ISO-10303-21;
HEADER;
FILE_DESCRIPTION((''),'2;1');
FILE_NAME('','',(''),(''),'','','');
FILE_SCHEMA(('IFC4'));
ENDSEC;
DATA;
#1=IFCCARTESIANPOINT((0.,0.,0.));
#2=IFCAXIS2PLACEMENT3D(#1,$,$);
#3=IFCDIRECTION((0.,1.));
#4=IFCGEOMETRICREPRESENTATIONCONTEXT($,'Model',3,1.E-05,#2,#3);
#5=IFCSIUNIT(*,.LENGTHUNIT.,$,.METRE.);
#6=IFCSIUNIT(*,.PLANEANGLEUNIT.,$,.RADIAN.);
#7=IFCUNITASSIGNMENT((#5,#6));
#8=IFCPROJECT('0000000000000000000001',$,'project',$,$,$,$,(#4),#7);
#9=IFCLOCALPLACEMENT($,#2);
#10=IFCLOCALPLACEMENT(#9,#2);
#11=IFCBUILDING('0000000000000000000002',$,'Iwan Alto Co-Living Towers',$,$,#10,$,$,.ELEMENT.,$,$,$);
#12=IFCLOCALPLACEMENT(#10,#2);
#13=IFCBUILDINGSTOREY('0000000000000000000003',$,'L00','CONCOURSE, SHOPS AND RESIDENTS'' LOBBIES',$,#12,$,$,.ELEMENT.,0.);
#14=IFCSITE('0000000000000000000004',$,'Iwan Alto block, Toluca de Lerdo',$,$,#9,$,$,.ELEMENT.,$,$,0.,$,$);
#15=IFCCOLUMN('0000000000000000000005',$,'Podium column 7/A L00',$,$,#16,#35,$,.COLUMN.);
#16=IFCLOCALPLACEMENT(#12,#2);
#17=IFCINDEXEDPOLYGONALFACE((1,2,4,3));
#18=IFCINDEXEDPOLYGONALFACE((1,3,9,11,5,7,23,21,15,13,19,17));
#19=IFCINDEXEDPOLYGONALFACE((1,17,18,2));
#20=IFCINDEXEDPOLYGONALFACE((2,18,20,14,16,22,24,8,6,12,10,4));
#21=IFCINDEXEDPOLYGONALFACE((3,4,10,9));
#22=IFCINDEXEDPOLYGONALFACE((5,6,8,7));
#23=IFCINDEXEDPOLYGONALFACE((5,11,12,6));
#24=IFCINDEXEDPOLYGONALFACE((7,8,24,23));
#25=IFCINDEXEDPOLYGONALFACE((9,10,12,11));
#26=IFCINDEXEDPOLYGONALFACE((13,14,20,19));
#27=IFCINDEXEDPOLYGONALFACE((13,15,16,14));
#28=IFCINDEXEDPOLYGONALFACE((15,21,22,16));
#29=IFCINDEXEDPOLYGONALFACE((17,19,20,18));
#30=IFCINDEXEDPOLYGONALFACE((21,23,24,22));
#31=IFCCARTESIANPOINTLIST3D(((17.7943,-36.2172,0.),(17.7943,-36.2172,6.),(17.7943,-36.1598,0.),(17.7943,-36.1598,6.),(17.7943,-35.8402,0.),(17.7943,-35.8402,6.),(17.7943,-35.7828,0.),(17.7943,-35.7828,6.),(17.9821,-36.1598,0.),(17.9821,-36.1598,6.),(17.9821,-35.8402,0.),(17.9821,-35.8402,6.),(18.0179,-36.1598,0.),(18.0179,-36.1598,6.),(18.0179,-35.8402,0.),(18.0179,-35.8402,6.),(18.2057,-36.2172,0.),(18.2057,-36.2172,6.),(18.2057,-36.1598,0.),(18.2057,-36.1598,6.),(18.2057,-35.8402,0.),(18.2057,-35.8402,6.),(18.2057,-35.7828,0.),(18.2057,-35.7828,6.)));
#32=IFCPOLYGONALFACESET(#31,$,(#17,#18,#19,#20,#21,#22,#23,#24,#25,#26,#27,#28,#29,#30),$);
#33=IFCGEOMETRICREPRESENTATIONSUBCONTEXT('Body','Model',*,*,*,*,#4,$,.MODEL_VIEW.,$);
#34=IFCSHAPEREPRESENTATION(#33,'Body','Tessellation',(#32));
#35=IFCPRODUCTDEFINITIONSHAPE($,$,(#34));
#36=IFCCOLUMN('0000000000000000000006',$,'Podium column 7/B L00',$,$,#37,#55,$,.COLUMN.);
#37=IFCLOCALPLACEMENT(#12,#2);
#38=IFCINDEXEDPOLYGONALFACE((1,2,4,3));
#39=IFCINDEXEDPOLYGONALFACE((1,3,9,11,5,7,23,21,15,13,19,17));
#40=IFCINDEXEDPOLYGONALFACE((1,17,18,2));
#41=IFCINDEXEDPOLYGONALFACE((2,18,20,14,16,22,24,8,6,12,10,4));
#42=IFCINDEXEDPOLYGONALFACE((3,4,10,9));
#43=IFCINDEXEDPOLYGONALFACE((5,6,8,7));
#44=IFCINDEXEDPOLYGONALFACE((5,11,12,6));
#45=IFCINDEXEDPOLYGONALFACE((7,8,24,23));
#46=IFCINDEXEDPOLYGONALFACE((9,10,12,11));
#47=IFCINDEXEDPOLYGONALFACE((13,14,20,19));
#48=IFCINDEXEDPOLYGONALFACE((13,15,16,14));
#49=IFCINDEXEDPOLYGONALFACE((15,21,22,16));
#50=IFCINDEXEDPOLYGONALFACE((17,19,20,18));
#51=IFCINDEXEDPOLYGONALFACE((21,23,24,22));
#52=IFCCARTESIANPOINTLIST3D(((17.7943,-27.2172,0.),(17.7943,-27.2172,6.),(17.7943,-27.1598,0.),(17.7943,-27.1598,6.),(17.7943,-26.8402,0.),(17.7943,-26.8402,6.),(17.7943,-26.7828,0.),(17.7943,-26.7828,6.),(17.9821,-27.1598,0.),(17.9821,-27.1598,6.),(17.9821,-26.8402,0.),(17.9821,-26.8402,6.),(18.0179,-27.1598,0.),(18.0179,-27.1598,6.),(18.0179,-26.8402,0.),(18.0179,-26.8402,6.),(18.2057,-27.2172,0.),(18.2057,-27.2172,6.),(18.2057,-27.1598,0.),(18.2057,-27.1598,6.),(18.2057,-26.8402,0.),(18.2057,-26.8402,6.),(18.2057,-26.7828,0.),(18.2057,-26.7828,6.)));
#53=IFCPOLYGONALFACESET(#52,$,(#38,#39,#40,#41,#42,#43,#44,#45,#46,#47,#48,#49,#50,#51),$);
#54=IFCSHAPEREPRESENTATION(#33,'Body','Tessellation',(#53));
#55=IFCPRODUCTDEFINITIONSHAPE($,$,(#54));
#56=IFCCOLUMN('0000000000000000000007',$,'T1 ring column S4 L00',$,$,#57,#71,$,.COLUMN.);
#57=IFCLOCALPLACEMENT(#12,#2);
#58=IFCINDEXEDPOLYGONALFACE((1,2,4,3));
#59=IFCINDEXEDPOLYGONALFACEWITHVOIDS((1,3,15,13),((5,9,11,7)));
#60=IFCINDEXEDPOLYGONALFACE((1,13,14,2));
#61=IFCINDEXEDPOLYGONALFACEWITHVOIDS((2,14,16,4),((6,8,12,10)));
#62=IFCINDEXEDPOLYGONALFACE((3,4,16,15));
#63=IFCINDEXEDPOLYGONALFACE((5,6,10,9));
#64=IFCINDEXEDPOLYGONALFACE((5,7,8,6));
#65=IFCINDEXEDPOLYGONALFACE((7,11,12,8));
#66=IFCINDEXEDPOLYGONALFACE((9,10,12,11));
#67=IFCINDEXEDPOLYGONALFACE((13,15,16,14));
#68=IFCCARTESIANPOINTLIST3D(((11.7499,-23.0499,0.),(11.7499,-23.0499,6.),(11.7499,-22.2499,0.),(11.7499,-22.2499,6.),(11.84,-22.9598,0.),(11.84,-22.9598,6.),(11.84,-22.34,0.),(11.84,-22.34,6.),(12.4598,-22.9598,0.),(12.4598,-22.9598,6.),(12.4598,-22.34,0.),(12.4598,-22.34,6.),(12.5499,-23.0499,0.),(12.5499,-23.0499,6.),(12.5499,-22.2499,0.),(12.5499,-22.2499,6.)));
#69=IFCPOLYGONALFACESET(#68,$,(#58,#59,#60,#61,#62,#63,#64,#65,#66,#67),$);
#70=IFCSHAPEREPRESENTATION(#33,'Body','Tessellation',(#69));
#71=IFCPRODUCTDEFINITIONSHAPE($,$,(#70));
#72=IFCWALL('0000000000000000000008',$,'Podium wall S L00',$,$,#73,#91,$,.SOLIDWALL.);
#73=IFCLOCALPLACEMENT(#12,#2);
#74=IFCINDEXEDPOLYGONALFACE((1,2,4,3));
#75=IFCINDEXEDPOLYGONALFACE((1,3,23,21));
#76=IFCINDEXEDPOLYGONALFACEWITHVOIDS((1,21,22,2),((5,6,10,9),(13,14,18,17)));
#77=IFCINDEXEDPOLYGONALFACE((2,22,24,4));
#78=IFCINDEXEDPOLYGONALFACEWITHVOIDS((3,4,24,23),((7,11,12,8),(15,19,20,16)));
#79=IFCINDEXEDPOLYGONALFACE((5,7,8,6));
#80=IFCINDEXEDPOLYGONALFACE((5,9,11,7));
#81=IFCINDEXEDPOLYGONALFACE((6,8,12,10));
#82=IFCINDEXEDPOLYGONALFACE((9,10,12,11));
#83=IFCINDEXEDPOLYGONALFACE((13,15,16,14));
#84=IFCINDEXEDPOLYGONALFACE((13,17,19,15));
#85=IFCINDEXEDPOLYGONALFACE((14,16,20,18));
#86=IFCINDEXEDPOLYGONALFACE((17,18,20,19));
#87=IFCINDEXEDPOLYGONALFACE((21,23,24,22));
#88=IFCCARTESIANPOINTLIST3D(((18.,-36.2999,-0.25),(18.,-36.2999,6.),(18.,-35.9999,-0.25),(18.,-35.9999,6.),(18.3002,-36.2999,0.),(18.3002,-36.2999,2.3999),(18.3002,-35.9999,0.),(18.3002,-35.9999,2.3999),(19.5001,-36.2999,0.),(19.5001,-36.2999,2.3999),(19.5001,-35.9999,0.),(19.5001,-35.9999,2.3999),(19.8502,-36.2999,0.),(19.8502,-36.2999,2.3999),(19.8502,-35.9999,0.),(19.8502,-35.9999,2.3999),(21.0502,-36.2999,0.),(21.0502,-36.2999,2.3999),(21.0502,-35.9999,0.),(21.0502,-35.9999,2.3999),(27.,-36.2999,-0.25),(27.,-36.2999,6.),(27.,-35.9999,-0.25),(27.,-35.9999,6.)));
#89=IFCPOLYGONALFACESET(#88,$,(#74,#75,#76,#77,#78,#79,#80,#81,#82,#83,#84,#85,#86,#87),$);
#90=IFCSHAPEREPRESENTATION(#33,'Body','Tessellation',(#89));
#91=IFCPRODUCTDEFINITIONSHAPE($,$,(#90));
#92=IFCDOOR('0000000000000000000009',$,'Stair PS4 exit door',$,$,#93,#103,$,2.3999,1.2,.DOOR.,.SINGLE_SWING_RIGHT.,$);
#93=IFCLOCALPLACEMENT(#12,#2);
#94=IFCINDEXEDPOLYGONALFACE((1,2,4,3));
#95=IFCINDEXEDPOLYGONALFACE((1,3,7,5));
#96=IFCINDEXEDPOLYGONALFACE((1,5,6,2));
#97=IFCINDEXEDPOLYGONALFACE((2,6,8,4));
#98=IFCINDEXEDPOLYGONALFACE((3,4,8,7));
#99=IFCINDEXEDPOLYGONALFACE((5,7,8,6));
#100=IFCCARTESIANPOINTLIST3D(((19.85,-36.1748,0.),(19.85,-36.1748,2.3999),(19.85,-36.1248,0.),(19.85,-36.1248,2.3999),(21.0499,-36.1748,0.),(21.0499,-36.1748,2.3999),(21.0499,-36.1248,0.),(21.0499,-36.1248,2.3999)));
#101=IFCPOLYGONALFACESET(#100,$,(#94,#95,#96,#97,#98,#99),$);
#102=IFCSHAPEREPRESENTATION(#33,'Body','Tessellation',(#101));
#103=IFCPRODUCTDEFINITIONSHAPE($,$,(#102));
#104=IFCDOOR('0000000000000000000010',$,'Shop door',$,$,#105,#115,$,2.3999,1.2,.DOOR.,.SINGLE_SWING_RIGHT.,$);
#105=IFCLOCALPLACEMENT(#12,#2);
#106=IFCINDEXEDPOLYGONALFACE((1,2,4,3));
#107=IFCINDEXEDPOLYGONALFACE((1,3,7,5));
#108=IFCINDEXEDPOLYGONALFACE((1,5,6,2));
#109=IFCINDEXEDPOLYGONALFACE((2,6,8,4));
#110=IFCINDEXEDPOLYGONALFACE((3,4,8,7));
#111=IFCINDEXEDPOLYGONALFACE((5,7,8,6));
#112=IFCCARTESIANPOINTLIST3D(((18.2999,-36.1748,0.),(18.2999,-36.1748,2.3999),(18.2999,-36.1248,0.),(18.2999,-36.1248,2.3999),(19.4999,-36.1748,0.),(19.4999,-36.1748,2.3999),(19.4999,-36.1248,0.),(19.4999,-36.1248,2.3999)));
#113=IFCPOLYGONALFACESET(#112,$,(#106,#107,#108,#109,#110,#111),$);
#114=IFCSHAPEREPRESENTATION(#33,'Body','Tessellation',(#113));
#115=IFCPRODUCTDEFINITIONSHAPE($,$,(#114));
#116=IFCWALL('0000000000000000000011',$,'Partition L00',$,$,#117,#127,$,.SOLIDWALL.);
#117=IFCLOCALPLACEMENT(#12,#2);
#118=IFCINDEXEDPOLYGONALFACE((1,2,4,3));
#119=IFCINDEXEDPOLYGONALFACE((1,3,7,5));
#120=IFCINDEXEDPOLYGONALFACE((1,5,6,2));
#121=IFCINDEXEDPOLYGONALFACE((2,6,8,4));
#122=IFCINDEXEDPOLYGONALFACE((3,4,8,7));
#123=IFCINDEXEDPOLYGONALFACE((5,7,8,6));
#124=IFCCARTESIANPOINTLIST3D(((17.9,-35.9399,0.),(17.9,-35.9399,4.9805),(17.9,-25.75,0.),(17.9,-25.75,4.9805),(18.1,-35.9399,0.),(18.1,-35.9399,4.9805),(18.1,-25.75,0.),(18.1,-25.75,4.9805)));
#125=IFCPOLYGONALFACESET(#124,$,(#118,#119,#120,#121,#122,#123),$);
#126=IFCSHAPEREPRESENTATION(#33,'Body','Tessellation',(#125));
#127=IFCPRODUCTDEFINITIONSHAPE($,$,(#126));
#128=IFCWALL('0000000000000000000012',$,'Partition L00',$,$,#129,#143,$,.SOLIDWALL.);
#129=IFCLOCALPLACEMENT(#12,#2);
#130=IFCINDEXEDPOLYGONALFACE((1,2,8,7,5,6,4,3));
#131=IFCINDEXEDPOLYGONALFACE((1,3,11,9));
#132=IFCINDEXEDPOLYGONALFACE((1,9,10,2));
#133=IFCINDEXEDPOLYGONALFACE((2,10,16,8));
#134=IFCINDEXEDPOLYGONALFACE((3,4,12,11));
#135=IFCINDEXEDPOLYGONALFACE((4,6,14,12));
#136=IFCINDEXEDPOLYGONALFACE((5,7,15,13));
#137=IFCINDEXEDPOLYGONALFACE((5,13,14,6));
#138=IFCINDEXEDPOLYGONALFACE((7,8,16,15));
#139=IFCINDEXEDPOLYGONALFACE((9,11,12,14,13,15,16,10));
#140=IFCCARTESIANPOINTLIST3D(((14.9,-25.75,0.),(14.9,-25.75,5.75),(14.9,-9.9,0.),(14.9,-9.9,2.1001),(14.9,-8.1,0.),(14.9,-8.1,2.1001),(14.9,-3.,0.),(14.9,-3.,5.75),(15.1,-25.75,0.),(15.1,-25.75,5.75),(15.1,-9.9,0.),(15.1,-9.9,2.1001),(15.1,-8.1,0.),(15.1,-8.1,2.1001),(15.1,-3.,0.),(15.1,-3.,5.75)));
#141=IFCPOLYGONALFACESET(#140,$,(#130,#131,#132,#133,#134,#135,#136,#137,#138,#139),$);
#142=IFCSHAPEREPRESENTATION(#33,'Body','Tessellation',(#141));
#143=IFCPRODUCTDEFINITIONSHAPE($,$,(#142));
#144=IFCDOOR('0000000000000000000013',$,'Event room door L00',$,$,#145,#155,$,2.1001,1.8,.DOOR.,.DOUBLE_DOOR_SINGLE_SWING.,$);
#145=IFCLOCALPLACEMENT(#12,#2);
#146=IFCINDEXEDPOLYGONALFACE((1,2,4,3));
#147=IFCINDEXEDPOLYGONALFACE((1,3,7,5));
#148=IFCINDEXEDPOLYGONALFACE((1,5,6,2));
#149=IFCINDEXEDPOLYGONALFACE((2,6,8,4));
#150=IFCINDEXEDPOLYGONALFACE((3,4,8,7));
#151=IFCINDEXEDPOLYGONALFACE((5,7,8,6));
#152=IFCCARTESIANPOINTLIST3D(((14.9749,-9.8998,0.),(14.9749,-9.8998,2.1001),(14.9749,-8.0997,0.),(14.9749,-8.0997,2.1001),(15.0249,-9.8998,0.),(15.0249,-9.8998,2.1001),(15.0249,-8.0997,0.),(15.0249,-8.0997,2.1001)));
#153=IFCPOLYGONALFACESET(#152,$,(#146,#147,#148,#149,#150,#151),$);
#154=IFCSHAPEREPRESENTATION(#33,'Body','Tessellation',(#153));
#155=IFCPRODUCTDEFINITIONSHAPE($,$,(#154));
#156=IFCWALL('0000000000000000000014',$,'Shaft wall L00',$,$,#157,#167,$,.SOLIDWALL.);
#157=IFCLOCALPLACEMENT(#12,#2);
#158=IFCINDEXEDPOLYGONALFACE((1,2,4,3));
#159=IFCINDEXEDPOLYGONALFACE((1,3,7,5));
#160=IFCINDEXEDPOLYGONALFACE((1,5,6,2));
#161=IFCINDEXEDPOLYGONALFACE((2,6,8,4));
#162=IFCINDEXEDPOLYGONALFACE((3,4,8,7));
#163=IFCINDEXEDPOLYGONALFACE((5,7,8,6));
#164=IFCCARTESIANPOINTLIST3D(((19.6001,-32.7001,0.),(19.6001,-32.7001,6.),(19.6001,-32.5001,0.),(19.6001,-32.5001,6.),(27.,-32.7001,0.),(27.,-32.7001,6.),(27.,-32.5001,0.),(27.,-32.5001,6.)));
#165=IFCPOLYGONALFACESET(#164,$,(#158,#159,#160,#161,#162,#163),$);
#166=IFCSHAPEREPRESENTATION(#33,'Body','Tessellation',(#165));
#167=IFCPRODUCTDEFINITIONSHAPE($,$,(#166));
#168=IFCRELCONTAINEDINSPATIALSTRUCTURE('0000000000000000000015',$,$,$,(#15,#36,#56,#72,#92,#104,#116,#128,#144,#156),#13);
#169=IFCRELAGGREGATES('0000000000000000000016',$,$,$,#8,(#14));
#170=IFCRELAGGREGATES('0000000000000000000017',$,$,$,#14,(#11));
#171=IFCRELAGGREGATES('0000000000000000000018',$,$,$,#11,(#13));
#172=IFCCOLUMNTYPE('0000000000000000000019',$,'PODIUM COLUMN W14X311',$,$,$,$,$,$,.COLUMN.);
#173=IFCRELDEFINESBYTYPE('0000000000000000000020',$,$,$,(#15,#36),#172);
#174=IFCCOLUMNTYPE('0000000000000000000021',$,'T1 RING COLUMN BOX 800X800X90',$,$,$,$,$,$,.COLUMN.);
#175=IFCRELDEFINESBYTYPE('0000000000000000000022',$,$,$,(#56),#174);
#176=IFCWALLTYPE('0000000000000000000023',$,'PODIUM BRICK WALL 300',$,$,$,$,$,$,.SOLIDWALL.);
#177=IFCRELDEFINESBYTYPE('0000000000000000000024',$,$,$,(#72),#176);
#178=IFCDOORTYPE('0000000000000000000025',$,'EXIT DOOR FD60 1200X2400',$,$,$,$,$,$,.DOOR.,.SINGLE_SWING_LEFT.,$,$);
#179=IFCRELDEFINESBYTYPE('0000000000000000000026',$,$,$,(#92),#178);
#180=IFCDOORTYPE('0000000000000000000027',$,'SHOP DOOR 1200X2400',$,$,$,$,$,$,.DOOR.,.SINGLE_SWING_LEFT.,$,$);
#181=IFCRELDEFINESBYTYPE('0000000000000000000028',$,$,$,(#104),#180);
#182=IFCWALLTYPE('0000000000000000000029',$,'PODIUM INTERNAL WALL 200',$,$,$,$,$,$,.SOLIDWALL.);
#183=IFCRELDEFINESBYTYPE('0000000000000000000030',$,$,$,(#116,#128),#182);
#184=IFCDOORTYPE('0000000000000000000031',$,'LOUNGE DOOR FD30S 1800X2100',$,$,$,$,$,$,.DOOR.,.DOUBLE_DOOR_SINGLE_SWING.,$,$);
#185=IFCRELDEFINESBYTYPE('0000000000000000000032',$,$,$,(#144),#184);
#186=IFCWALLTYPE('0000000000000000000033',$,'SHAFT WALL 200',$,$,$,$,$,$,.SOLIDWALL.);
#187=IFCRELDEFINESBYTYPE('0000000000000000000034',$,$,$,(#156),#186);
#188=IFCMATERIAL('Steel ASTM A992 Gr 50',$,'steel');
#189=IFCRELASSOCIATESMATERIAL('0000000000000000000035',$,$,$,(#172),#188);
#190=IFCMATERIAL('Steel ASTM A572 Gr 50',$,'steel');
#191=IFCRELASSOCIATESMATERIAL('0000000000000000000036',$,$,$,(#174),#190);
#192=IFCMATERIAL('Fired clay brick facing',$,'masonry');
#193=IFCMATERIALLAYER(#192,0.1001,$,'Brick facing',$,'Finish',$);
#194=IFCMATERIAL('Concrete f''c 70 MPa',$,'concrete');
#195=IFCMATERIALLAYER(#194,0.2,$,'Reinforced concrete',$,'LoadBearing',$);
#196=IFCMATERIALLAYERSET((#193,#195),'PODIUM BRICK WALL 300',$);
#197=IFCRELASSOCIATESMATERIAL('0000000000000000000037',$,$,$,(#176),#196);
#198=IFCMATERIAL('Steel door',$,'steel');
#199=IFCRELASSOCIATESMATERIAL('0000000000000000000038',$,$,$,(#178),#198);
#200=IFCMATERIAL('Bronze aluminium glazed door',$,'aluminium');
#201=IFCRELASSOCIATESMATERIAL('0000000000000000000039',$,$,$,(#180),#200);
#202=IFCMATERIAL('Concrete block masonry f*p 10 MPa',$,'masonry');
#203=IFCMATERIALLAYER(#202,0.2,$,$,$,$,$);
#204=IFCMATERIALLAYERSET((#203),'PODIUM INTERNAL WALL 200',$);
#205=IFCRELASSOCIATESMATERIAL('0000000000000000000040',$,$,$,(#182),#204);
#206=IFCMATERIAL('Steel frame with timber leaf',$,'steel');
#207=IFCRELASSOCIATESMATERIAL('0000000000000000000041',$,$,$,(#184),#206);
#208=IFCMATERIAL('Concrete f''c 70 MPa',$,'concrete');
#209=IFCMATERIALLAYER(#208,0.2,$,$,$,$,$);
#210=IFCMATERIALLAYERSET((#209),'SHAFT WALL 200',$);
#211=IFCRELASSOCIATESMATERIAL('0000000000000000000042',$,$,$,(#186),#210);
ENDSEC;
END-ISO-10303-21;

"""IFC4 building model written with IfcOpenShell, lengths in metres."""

from ifc_helpers import new_model, si_unit, direction, frame, frame_2d, origin, origin_2d, place, context, subcontext, project, spatial, rectangle, hollow_rectangle, i_section, extrude, material, layer, layer_set, material_profile, profile_set, type_object, element, fill, save


model = new_model("IFC4")

# Units and contexts
model_context = context("Model", 3, precision=1e-05, world=origin(), true_north=direction((0.0, 1.0)))
body_context = subcontext(model_context, "Body", "Model", "MODEL_VIEW")
ifc_project = project(units=[si_unit("LENGTHUNIT", "METRE"), si_unit("PLANEANGLEUNIT", "RADIAN")], contexts=[model_context])

# Site, building, storey
site_placement = place(None, origin())
site = spatial("IfcSite", under=ifc_project, at=site_placement, Name="Iwan Alto block, Toluca de Lerdo", CompositionType="ELEMENT", RefElevation=0.0)
building_placement = place(site_placement, origin())
building = spatial("IfcBuilding", under=site, at=building_placement, Name="Iwan Alto Co-Living Towers", CompositionType="ELEMENT")
storey_placement = place(building_placement, origin())
storey = spatial("IfcBuildingStorey", under=building, at=storey_placement, Name="L00", Description="CONCOURSE, SHOPS AND RESIDENTS' LOBBIES", CompositionType="ELEMENT", Elevation=0.0)

# Columns
ifc_material_1 = material(Name="Steel ASTM A992 Gr 50", Category="steel")
ifc_material_profile_1 = material_profile(ifc_material_1, i_section(OverallWidth=0.4114, OverallDepth=0.4343, WebThickness=0.0359, FlangeThickness=0.0574, at=origin_2d()), Name="W14X311")
ifc_profile_set_1 = profile_set([ifc_material_profile_1], Name="Steel ASTM A992 Gr 50")
column_type_1 = type_object("IfcColumnType", Name="PODIUM COLUMN W14X311", PredefinedType="COLUMN", material=ifc_profile_set_1)
for number, where, z_axis, x_axis, name in (
    (1, (18.0, -36.0, 0.0), (0.0, 0.0, 1.0), (1.0, 0.0, 0.0), "Podium column 7/A L00"),
    (2, (18.0, -27.0, 0.0), (0.0, 0.0, 1.0), (1.0, 0.0, 0.0), "Podium column 7/B L00"),
):
    element("IfcColumn", number, at=place(storey_placement, frame(where, z_axis=z_axis, x_axis=x_axis)), inside=storey, type_object=column_type_1, Name=name, PredefinedType="COLUMN", context=body_context, shape_type="SweptSolid", body=[
        extrude(i_section(OverallWidth=0.4114, OverallDepth=0.4343, WebThickness=0.0359, FlangeThickness=0.0574, at=origin_2d()), origin(), (0.0, 0.0, 1.0), 6.0),
    ])
ifc_material_2 = material(Name="Steel ASTM A572 Gr 50", Category="steel")
ifc_material_profile_2 = material_profile(ifc_material_2, hollow_rectangle(XDim=0.8, YDim=0.8, WallThickness=0.0901, at=origin_2d()), Name="BOX 800X800X90")
ifc_profile_set_2 = profile_set([ifc_material_profile_2], Name="Steel ASTM A572 Gr 50")
column_type_2 = type_object("IfcColumnType", Name="T1 RING COLUMN BOX 800X800X90", PredefinedType="COLUMN", material=ifc_profile_set_2)
column_placement = place(storey_placement, frame((12.1499, -22.6499, 0.0), z_axis=(0.0, 0.0, 1.0), x_axis=(1.0, 0.0, 0.0)))
element("IfcColumn", 3, at=column_placement, inside=storey, type_object=column_type_2, Name="T1 ring column S4 L00", PredefinedType="COLUMN", context=body_context, shape_type="SweptSolid", body=[
    extrude(hollow_rectangle(XDim=0.8, YDim=0.8, WallThickness=0.0901, at=origin_2d()), origin(), (0.0, 0.0, 1.0), 6.0),
])

# Wall, openings, doors
ifc_material_3 = material(Name="Fired clay brick facing", Category="masonry")
ifc_layer_1 = layer(ifc_material_3, 0.1001, Name="Brick facing", Category="Finish")
ifc_material_4 = material(Name="Concrete f'c 70 MPa", Category="concrete")
ifc_layer_2 = layer(ifc_material_4, 0.2, Name="Reinforced concrete", Category="LoadBearing")
ifc_layer_set_1 = layer_set([ifc_layer_1, ifc_layer_2], Name="PODIUM BRICK WALL 300")
wall_type_1 = type_object("IfcWallType", Name="PODIUM BRICK WALL 300", PredefinedType="SOLIDWALL", material=ifc_layer_set_1)
wall_1_placement = place(storey_placement, frame((18.0, -36.1499, -0.25), z_axis=(0.0, 0.0, 1.0), x_axis=(1.0, 0.0, 0.0)))
wall_1 = element("IfcWall", 4, at=wall_1_placement, inside=storey, type_object=wall_type_1, Name="Podium wall S L00", PredefinedType="SOLIDWALL", context=body_context, shape_type="SweptSolid", body=[
    extrude(rectangle(XDim=9.0, YDim=0.3, at=frame_2d((4.5, 0.0))), origin(), (0.0, 0.0, 1.0), 6.25),
])
opening_1_placement = place(wall_1_placement, frame((0.3, 0.0, 0.25)))
opening_1 = element("IfcOpeningElement", 5, at=opening_1_placement, cuts=wall_1, PredefinedType="OPENING", context=body_context, shape_type="SweptSolid", body=[
    extrude(rectangle(XDim=1.2, YDim=2.3999, at=frame_2d((0.6001, 1.2))), frame((0.0, 0.1599, 0.0), z_axis=(0.0, -1.0, 0.0), x_axis=(1.0, 0.0, 0.0)), (0.0, 0.0, 1.0), 0.3201),
])
opening_2_placement = place(wall_1_placement, frame((1.8501, 0.0, 0.25)))
opening_2 = element("IfcOpeningElement", 6, at=opening_2_placement, cuts=wall_1, PredefinedType="OPENING", context=body_context, shape_type="SweptSolid", body=[
    extrude(rectangle(XDim=1.2, YDim=2.3999, at=frame_2d((0.6001, 1.2))), frame((0.0, 0.1599, 0.0), z_axis=(0.0, -1.0, 0.0), x_axis=(1.0, 0.0, 0.0)), (0.0, 0.0, 1.0), 0.3201),
])
ifc_material_5 = material(Name="Steel door", Category="steel")
door_type_1 = type_object("IfcDoorType", Name="EXIT DOOR FD60 1200X2400", OperationType="SINGLE_SWING_LEFT", PredefinedType="DOOR", material=ifc_material_5)
door_1_placement = place(opening_2_placement, frame((1.2, 0.0, 0.0), z_axis=(0.0, 0.0, 1.0), x_axis=(-1.0, 0.0, 0.0)))
door_1 = element("IfcDoor", 7, at=door_1_placement, inside=storey, type_object=door_type_1, Name="Stair PS4 exit door", OperationType="SINGLE_SWING_RIGHT", OverallHeight=2.3999, OverallWidth=1.2, PredefinedType="DOOR", context=body_context, shape_type="SweptSolid", body=[
    extrude(rectangle(XDim=1.2, YDim=2.3999, at=frame_2d((0.6001, 1.2))), frame((0.0, 0.0249, 0.0), z_axis=(0.0, -1.0, 0.0), x_axis=(1.0, 0.0, 0.0)), (0.0, 0.0, 1.0), 0.05),
])
fill(opening_2, door_1)
ifc_material_6 = material(Name="Bronze aluminium glazed door", Category="aluminium")
door_type_2 = type_object("IfcDoorType", Name="SHOP DOOR 1200X2400", OperationType="SINGLE_SWING_LEFT", PredefinedType="DOOR", material=ifc_material_6)
door_2_placement = place(opening_1_placement, frame((1.2, 0.0, 0.0), z_axis=(0.0, 0.0, 1.0), x_axis=(-1.0, 0.0, 0.0)))
door_2 = element("IfcDoor", 8, at=door_2_placement, inside=storey, type_object=door_type_2, Name="Shop door", OperationType="SINGLE_SWING_RIGHT", OverallHeight=2.3999, OverallWidth=1.2, PredefinedType="DOOR", context=body_context, shape_type="SweptSolid", body=[
    extrude(rectangle(XDim=1.2, YDim=2.3999, at=frame_2d((0.6001, 1.2))), frame((0.0, 0.0249, 0.0), z_axis=(0.0, -1.0, 0.0), x_axis=(1.0, 0.0, 0.0)), (0.0, 0.0, 1.0), 0.05),
])
fill(opening_1, door_2)

# Wall
ifc_material_7 = material(Name="Concrete block masonry f*p 10 MPa", Category="masonry")
ifc_layer_3 = layer(ifc_material_7, 0.2)
ifc_layer_set_2 = layer_set([ifc_layer_3], Name="PODIUM INTERNAL WALL 200")
wall_type_2 = type_object("IfcWallType", Name="PODIUM INTERNAL WALL 200", PredefinedType="SOLIDWALL", material=ifc_layer_set_2)
wall_2_placement = place(storey_placement, frame((18.0, -35.9399, 0.0), z_axis=(0.0, 0.0, 1.0), x_axis=(0.0, 1.0, 0.0)))
element("IfcWall", 9, at=wall_2_placement, inside=storey, type_object=wall_type_2, Name="Partition L00", PredefinedType="SOLIDWALL", context=body_context, shape_type="SweptSolid", body=[
    extrude(rectangle(XDim=10.1899, YDim=0.2, at=frame_2d((5.095, 0.0))), origin(), (0.0, 0.0, 1.0), 4.9805),
])

# Wall, opening, door
wall_3_placement = place(storey_placement, frame((15.0, -25.75, 0.0), z_axis=(0.0, 0.0, 1.0), x_axis=(0.0, 1.0, 0.0)))
wall_3 = element("IfcWall", 10, at=wall_3_placement, inside=storey, type_object=wall_type_2, Name="Partition L00", PredefinedType="SOLIDWALL", context=body_context, shape_type="SweptSolid", body=[
    extrude(rectangle(XDim=22.75, YDim=0.2, at=frame_2d((11.375, 0.0))), origin(), (0.0, 0.0, 1.0), 5.75),
])
opening_3_placement = place(wall_3_placement, frame((15.8501, 0.0, 0.0)))
opening_3 = element("IfcOpeningElement", 11, at=opening_3_placement, cuts=wall_3, PredefinedType="OPENING", context=body_context, shape_type="SweptSolid", body=[
    extrude(rectangle(XDim=1.8, YDim=2.1001, at=frame_2d((0.8999, 1.05))), frame((0.0, 0.1099, 0.0), z_axis=(0.0, -1.0, 0.0), x_axis=(1.0, 0.0, 0.0)), (0.0, 0.0, 1.0), 0.22),
])
ifc_material_8 = material(Name="Steel frame with timber leaf", Category="steel")
door_type_3 = type_object("IfcDoorType", Name="LOUNGE DOOR FD30S 1800X2100", OperationType="DOUBLE_DOOR_SINGLE_SWING", PredefinedType="DOOR", material=ifc_material_8)
door_3_placement = place(opening_3_placement, frame((1.8, 0.0, 0.0), z_axis=(0.0, 0.0, 1.0), x_axis=(-1.0, 0.0, 0.0)))
door_3 = element("IfcDoor", 12, at=door_3_placement, inside=storey, type_object=door_type_3, Name="Event room door L00", OperationType="DOUBLE_DOOR_SINGLE_SWING", OverallHeight=2.1001, OverallWidth=1.8, PredefinedType="DOOR", context=body_context, shape_type="SweptSolid", body=[
    extrude(rectangle(XDim=1.8, YDim=2.1001, at=frame_2d((0.8999, 1.05))), frame((0.0, 0.0249, 0.0), z_axis=(0.0, -1.0, 0.0), x_axis=(1.0, 0.0, 0.0)), (0.0, 0.0, 1.0), 0.05),
])
fill(opening_3, door_3)

# Wall
ifc_material_9 = material(Name="Concrete f'c 70 MPa", Category="concrete")
ifc_layer_4 = layer(ifc_material_9, 0.2)
ifc_layer_set_3 = layer_set([ifc_layer_4], Name="SHAFT WALL 200")
wall_type_3 = type_object("IfcWallType", Name="SHAFT WALL 200", PredefinedType="SOLIDWALL", material=ifc_layer_set_3)
wall_4_placement = place(storey_placement, frame((19.6001, -32.6001, 0.0), z_axis=(0.0, 0.0, 1.0), x_axis=(1.0, 0.0, 0.0)))
element("IfcWall", 13, at=wall_4_placement, inside=storey, type_object=wall_type_3, Name="Shaft wall L00", PredefinedType="SOLIDWALL", context=body_context, shape_type="SweptSolid", body=[
    extrude(rectangle(XDim=7.3999, YDim=0.2, at=frame_2d((3.7, 0.0))), origin(), (0.0, 0.0, 1.0), 6.0),
])

save(model, "model.ifc")
